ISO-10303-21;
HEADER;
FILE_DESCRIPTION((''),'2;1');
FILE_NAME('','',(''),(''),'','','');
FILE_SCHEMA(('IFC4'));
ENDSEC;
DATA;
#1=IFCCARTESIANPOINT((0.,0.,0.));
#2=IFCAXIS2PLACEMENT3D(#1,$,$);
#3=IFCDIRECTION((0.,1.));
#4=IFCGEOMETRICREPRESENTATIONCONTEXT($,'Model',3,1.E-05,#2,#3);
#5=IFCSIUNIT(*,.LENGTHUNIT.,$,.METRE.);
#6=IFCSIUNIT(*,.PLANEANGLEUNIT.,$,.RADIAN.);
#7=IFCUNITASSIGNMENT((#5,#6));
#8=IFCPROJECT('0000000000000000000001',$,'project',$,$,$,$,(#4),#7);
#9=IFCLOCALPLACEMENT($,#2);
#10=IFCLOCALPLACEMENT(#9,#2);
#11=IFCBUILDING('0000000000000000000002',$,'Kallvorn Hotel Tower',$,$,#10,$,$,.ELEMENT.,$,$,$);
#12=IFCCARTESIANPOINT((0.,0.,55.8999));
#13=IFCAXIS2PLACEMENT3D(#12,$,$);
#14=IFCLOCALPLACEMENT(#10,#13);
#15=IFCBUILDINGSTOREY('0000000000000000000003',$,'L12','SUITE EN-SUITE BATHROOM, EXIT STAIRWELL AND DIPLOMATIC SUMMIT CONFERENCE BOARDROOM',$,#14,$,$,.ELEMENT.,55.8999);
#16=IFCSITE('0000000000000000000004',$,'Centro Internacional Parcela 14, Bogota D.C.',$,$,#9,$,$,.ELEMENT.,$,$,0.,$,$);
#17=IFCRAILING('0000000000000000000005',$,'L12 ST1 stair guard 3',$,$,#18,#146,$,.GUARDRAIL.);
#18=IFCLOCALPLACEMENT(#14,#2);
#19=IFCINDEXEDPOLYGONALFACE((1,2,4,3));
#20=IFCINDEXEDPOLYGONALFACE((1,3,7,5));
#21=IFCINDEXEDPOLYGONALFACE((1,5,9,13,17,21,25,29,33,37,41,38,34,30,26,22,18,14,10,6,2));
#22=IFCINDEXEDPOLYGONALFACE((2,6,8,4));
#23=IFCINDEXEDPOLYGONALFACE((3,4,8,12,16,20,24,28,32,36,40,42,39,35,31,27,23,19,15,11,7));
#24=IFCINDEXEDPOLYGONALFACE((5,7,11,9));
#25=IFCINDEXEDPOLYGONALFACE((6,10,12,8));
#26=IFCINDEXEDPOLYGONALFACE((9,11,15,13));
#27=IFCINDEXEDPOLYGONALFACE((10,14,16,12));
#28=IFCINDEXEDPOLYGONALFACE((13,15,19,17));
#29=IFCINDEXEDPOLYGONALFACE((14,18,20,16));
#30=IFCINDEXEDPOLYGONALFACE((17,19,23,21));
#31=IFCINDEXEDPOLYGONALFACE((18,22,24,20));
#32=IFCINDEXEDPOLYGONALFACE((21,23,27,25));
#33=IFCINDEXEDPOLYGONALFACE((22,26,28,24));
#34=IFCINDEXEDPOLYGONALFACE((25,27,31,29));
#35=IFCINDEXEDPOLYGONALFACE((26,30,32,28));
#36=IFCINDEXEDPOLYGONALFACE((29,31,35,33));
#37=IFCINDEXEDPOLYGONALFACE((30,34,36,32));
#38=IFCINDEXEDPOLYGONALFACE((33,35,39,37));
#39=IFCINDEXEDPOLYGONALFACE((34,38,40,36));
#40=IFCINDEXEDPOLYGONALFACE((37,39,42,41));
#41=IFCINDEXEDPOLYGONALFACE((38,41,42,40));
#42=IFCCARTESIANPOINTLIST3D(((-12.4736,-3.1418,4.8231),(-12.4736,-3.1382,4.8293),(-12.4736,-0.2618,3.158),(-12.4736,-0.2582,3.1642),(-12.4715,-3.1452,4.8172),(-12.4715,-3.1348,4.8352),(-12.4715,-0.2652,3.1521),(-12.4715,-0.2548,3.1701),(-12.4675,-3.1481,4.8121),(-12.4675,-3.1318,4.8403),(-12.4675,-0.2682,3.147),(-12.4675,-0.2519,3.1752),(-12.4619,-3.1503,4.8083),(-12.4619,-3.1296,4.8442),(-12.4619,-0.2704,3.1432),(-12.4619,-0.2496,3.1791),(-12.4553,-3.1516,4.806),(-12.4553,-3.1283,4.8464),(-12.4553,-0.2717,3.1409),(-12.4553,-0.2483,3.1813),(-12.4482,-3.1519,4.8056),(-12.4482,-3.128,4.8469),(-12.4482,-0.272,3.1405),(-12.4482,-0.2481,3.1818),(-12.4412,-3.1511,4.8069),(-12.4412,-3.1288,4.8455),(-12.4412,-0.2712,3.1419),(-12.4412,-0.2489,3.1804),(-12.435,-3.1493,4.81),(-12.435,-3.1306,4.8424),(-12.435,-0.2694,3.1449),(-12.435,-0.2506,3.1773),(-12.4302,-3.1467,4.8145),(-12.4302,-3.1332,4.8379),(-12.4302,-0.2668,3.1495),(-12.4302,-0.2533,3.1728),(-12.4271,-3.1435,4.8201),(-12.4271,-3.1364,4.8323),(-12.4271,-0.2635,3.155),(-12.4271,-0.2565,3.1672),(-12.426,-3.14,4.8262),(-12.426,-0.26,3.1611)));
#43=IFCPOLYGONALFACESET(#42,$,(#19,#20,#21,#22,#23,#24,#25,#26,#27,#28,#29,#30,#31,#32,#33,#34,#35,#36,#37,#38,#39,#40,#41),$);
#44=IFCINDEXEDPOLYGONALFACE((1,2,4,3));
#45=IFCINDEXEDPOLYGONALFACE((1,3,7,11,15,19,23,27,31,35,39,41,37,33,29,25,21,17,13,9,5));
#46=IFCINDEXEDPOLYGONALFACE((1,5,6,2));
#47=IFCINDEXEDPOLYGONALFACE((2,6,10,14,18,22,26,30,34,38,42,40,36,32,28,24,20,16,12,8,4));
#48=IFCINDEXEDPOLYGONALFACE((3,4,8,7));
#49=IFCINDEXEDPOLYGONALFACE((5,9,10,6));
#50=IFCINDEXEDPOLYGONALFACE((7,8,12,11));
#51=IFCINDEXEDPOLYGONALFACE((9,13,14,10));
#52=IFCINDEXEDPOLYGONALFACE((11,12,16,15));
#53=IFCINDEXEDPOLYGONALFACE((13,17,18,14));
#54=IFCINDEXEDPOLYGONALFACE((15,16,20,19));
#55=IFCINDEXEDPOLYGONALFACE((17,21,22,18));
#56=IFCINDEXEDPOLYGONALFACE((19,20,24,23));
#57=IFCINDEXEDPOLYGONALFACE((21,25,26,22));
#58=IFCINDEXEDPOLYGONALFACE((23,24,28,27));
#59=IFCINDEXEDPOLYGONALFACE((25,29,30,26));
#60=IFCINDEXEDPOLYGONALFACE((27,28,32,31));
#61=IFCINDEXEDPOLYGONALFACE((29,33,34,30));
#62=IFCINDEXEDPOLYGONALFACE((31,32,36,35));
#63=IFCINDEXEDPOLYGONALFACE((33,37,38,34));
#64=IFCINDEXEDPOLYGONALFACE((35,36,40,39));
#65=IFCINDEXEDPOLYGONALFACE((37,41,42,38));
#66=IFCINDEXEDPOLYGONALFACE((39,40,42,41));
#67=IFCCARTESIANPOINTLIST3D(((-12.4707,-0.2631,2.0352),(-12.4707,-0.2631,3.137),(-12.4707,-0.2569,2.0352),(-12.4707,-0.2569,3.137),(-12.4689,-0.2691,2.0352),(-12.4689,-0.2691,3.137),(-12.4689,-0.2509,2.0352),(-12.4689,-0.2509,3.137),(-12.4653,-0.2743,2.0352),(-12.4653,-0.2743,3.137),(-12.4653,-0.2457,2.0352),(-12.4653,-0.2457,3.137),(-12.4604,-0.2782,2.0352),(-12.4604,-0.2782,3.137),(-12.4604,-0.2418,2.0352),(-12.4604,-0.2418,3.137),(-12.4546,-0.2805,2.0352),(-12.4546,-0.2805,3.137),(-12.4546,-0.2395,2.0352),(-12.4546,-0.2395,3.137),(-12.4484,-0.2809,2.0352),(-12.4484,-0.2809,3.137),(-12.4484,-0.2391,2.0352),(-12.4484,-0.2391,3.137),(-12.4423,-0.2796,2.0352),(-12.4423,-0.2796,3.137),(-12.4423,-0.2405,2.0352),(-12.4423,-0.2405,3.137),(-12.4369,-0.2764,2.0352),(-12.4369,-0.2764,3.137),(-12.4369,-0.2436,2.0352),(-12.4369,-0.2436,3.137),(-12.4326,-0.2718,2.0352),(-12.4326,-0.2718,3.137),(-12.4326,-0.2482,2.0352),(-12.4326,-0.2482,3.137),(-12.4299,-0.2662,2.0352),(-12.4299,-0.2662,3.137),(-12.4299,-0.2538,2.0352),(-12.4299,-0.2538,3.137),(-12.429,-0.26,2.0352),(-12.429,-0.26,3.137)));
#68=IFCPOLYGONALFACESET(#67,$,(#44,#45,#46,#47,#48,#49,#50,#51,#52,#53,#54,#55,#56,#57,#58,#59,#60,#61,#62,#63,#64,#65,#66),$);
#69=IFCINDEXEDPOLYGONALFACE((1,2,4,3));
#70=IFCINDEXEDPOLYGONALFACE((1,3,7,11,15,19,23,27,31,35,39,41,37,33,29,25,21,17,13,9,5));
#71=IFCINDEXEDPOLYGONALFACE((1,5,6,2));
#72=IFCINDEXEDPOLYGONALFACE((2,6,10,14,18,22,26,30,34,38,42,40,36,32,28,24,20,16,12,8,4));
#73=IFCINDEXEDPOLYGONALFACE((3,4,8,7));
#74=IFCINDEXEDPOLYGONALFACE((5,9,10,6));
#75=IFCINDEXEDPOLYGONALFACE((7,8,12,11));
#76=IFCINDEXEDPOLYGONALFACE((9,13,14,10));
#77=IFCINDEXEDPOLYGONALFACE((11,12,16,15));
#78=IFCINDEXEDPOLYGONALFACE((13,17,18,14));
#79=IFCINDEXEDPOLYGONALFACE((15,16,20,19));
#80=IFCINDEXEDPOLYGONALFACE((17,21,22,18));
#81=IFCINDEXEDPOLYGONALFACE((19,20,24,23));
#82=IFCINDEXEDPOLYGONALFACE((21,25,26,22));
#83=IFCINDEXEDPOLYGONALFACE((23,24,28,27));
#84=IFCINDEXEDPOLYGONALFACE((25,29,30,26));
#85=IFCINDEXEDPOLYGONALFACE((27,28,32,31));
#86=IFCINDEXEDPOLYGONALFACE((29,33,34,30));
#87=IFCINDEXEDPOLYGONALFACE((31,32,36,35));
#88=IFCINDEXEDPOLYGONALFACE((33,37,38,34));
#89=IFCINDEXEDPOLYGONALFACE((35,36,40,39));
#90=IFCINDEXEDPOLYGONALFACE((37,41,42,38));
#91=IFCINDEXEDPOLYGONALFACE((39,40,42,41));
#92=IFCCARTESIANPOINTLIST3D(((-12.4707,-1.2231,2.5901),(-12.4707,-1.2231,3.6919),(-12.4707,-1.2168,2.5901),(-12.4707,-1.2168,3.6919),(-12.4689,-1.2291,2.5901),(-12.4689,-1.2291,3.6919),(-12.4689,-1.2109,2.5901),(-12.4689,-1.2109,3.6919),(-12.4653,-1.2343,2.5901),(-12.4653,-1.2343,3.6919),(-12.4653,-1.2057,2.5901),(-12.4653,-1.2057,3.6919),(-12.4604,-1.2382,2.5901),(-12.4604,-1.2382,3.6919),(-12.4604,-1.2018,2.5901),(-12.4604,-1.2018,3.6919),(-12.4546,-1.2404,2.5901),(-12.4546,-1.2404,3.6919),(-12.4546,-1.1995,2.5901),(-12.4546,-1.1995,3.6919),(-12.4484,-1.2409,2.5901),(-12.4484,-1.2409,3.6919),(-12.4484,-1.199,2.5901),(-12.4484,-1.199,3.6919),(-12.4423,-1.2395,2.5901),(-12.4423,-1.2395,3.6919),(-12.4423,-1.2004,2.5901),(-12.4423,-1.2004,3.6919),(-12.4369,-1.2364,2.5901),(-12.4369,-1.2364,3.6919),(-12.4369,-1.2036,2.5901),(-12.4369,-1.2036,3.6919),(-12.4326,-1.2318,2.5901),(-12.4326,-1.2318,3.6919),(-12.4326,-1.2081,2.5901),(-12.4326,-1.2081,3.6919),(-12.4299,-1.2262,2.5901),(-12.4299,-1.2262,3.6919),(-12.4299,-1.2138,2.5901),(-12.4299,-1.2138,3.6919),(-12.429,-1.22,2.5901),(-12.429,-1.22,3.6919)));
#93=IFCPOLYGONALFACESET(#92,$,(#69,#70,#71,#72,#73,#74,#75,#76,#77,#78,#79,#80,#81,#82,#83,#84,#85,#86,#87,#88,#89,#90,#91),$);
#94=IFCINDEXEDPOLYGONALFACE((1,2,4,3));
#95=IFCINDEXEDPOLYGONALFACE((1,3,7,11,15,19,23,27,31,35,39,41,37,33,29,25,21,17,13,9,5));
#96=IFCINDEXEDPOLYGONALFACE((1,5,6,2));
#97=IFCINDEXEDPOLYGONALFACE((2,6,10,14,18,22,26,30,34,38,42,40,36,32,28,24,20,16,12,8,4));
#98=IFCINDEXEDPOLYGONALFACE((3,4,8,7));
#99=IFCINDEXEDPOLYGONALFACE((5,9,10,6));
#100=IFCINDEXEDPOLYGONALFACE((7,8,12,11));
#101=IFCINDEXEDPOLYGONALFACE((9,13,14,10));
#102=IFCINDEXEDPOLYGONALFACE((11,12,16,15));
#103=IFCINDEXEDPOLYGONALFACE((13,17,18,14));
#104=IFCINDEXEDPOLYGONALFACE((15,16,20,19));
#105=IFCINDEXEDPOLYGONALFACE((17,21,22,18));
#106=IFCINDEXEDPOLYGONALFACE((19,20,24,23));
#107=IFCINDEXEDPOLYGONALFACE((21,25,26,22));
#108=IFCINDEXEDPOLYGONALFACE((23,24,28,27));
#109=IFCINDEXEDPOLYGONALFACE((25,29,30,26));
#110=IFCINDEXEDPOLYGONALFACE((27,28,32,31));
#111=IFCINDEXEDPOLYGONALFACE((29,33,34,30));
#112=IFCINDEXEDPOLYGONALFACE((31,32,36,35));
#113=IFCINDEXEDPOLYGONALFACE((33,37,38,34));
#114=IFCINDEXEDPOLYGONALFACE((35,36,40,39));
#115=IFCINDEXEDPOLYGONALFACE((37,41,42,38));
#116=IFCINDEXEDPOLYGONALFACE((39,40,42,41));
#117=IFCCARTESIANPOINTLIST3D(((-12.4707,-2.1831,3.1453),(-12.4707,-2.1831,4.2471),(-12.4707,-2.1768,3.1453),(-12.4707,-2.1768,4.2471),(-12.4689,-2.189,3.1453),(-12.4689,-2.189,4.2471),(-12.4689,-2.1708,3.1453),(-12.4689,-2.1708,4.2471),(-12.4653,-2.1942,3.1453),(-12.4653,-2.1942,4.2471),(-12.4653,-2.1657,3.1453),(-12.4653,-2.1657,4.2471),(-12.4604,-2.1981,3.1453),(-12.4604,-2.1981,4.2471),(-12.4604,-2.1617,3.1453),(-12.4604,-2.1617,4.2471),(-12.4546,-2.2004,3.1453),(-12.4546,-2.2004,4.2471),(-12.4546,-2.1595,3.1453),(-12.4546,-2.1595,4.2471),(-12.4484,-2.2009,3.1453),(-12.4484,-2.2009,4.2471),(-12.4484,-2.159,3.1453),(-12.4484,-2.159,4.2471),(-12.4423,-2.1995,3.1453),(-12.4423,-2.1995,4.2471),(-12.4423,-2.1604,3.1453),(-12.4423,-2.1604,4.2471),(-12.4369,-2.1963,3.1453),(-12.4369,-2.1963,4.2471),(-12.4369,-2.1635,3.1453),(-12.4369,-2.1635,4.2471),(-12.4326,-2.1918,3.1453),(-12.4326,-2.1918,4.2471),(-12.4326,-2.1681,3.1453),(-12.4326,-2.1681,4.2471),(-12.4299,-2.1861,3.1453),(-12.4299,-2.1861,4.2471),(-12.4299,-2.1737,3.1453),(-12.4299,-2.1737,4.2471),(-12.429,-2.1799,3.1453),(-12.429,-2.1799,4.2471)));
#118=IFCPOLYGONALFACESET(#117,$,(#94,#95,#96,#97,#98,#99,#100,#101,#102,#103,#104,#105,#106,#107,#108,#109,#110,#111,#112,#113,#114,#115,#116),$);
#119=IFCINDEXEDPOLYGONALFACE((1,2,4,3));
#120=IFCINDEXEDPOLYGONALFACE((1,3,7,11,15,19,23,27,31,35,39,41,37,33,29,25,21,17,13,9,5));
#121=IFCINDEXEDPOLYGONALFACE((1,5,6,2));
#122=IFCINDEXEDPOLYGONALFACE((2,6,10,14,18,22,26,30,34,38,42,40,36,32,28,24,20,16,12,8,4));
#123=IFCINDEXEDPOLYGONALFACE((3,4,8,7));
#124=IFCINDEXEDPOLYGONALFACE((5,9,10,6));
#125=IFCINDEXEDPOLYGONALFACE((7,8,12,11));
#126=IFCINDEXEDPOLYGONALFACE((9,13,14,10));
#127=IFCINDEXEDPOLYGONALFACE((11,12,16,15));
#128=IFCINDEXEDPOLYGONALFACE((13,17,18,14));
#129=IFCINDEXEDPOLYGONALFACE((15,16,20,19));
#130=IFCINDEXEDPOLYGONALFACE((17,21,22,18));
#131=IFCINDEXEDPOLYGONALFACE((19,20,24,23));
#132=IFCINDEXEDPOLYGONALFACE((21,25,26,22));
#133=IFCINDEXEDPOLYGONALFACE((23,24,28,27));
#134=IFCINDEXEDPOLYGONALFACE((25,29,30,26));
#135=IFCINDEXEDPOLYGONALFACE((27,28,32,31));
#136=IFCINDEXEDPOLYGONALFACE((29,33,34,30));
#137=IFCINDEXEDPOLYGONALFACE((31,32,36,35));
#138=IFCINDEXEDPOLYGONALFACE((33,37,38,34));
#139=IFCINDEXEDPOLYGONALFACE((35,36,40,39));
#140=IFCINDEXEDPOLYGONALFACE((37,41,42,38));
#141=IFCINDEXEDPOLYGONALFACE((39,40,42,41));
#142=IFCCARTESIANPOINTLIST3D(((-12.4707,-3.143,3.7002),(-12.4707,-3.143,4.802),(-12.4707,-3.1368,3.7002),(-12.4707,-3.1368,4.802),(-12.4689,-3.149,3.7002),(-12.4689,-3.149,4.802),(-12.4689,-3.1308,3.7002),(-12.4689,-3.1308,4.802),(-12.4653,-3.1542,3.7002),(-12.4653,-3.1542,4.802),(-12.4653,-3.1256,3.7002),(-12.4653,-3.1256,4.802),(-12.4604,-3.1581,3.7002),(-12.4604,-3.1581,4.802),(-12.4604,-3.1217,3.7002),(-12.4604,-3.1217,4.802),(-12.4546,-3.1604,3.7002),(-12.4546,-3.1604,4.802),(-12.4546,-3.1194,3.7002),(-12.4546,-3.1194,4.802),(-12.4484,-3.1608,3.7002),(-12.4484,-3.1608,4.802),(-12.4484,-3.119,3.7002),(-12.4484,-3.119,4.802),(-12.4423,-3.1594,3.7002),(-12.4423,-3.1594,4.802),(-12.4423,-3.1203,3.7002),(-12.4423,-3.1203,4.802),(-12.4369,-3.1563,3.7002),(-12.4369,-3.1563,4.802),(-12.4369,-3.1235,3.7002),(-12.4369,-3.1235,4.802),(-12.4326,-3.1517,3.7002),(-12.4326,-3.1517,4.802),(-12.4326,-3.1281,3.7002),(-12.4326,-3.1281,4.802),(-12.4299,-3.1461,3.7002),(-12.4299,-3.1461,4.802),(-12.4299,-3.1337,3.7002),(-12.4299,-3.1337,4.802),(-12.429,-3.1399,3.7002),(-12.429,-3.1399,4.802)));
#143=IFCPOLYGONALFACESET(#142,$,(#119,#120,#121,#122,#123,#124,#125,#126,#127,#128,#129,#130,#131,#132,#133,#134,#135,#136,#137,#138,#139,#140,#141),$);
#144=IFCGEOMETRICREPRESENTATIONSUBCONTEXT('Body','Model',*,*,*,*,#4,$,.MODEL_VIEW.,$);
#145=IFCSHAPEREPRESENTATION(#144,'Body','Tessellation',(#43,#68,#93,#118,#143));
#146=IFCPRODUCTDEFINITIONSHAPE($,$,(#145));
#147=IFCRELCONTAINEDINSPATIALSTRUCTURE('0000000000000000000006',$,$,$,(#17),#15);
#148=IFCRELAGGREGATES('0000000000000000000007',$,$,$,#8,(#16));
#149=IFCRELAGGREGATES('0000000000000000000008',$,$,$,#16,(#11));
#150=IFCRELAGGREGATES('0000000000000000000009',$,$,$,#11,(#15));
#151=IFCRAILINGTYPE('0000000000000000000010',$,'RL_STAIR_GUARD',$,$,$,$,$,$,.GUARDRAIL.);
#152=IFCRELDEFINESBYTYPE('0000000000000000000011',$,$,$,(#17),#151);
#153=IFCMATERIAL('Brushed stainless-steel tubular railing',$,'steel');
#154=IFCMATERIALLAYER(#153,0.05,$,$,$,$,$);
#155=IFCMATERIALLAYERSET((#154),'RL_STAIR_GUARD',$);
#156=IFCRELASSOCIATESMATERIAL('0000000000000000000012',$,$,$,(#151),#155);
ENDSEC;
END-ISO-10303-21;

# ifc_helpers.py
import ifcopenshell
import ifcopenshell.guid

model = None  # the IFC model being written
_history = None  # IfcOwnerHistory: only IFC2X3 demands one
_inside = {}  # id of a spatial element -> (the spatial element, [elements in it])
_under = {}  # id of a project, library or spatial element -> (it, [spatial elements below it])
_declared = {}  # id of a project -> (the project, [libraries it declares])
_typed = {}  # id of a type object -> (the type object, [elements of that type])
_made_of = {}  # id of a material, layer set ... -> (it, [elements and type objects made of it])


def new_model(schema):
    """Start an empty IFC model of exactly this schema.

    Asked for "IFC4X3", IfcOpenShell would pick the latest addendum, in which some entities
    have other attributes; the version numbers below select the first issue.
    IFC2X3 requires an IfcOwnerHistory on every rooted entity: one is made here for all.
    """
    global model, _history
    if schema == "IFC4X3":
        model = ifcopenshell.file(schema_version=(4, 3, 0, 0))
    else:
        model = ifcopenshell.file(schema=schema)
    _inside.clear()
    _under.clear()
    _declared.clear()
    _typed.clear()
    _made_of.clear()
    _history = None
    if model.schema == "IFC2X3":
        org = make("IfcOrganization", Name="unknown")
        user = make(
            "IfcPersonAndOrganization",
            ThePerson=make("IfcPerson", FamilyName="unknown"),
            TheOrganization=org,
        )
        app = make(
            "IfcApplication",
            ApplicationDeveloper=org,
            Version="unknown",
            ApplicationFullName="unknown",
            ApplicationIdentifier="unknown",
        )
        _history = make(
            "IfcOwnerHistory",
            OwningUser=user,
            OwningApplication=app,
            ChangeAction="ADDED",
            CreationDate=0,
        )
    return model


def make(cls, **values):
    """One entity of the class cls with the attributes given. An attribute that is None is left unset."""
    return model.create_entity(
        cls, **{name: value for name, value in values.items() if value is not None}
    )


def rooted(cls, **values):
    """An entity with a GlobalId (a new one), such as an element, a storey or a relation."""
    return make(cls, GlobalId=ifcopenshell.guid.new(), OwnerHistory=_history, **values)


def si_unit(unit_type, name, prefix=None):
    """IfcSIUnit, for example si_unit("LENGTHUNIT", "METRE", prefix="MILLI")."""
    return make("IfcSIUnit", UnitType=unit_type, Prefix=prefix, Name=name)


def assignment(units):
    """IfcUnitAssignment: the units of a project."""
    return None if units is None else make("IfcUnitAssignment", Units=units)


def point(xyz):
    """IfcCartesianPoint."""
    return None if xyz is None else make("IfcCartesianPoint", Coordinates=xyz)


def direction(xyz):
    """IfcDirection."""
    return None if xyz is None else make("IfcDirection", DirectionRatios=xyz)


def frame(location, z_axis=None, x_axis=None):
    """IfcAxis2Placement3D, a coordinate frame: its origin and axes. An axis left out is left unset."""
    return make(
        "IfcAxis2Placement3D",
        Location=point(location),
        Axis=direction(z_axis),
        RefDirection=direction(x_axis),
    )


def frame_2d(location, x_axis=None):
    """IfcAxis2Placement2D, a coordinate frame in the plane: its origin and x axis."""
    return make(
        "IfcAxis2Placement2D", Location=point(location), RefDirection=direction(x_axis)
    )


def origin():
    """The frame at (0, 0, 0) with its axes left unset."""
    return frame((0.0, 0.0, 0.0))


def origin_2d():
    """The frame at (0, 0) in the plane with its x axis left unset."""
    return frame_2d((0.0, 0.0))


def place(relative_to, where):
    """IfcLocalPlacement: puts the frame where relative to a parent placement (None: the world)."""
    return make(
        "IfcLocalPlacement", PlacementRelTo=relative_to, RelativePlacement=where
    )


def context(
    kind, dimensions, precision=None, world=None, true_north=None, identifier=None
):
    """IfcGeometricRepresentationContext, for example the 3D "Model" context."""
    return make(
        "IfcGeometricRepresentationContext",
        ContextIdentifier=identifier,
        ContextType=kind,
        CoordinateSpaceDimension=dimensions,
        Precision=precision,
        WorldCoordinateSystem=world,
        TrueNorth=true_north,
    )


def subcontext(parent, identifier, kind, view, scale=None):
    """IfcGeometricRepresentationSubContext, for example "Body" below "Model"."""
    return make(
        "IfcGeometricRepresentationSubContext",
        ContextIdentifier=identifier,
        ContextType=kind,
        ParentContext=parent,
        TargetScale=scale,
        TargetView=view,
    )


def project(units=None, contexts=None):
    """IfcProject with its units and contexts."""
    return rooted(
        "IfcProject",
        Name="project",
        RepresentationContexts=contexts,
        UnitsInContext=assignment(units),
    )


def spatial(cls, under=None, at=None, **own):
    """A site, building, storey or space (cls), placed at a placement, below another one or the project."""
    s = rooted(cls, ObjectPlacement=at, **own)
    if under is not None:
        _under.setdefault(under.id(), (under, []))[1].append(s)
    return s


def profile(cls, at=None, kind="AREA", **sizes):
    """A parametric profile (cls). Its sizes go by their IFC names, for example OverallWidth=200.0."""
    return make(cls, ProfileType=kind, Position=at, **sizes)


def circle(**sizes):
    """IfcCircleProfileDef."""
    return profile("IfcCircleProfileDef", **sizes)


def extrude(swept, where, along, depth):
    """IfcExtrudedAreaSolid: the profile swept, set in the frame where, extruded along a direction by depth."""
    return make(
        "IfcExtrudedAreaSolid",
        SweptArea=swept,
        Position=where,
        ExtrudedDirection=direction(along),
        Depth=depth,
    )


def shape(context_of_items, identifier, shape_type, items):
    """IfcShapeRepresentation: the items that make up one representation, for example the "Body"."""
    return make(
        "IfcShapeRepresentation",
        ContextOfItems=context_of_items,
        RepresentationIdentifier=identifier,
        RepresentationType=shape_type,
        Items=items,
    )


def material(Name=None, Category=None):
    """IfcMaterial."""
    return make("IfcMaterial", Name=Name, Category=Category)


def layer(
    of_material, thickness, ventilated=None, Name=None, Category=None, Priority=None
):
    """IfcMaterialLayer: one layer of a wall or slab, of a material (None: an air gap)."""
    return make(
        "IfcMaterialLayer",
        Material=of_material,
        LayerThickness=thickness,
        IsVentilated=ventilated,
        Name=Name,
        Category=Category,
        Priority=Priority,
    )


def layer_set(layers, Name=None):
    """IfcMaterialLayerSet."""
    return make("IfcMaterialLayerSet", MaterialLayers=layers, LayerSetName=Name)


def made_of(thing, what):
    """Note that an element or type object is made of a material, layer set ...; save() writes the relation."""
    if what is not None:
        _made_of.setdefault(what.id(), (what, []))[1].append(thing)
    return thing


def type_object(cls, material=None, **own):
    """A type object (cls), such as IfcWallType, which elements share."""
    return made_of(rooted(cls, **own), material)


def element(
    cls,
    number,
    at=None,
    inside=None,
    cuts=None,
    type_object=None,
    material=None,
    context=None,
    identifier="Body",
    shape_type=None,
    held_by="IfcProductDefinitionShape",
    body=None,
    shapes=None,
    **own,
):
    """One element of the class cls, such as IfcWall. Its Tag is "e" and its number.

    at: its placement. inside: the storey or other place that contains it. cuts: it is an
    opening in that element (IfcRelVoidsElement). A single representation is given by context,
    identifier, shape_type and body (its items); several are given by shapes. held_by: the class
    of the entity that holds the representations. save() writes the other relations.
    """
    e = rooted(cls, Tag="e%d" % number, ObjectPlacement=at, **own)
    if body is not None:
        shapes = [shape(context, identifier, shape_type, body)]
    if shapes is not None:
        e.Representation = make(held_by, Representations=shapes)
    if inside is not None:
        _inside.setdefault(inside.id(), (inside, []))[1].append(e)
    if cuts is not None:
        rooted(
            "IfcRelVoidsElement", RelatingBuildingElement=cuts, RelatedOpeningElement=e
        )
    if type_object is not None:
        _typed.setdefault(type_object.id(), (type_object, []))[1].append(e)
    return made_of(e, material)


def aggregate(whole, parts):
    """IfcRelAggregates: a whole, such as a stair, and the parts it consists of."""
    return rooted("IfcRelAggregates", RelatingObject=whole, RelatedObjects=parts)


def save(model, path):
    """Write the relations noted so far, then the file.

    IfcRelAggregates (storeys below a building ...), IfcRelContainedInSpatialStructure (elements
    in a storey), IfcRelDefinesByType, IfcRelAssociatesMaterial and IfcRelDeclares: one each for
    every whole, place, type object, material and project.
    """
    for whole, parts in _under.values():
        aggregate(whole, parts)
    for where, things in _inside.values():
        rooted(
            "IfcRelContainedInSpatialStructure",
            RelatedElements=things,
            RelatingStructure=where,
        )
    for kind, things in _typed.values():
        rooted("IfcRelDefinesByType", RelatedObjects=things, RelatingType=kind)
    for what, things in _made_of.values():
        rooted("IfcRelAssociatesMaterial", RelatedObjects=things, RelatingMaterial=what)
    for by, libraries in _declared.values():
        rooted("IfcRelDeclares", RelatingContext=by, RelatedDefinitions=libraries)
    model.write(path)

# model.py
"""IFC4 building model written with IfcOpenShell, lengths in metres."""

from ifc_helpers import new_model, si_unit, direction, frame, origin, origin_2d, place, context, subcontext, project, spatial, circle, extrude, material, layer, layer_set, type_object, element, save


model = new_model("IFC4")

# Units and contexts
model_context = context("Model", 3, precision=1e-05, world=origin(), true_north=direction((0.0, 1.0)))
body_context = subcontext(model_context, "Body", "Model", "MODEL_VIEW")
ifc_project = project(units=[si_unit("LENGTHUNIT", "METRE"), si_unit("PLANEANGLEUNIT", "RADIAN")], contexts=[model_context])

# Site, building, storey
site_placement = place(None, origin())
site = spatial("IfcSite", under=ifc_project, at=site_placement, Name="Centro Internacional Parcela 14, Bogota D.C.", CompositionType="ELEMENT", RefElevation=0.0)
building_placement = place(site_placement, origin())
building = spatial("IfcBuilding", under=site, at=building_placement, Name="Kallvorn Hotel Tower", CompositionType="ELEMENT")
storey_placement = place(building_placement, frame((0.0, 0.0, 55.8999)))
storey = spatial("IfcBuildingStorey", under=building, at=storey_placement, Name="L12", Description="SUITE EN-SUITE BATHROOM, EXIT STAIRWELL AND DIPLOMATIC SUMMIT CONFERENCE BOARDROOM", CompositionType="ELEMENT", Elevation=55.8999)

# Railing
ifc_material_1 = material(Name="Brushed stainless-steel tubular railing", Category="steel")
ifc_layer_1 = layer(ifc_material_1, 0.05)
ifc_layer_set_1 = layer_set([ifc_layer_1], Name="RL_STAIR_GUARD")
railing_type_1 = type_object("IfcRailingType", Name="RL_STAIR_GUARD", PredefinedType="GUARDRAIL", material=ifc_layer_set_1)
railing_1_placement = place(storey_placement, frame((-12.45, -0.26, 2.0352)))
element("IfcRailing", 1, at=railing_1_placement, inside=storey, type_object=railing_type_1, Name="L12 ST1 stair guard 3", PredefinedType="GUARDRAIL", context=body_context, shape_type="SweptSolid", body=[
    extrude(circle(Radius=0.0239, at=origin_2d()), frame((0.0, 0.0, 1.126), z_axis=(0.0, -0.865721, 0.500527), x_axis=(1.0, 0.0, 0.0)), (0.0, 0.0, 1.0), 3.3267),
    extrude(circle(Radius=0.021, at=origin_2d()), origin(), (0.0, 0.0, 1.0), 1.1018),
    extrude(circle(Radius=0.021, at=origin_2d()), frame((0.0, -0.96, 0.5549)), (0.0, 0.0, 1.0), 1.1018),
    extrude(circle(Radius=0.021, at=origin_2d()), frame((0.0, -1.9199, 1.1101)), (0.0, 0.0, 1.0), 1.1018),
    extrude(circle(Radius=0.021, at=origin_2d()), frame((0.0, -2.8799, 1.665)), (0.0, 0.0, 1.0), 1.1018),
])

save(model, "model.ifc")
